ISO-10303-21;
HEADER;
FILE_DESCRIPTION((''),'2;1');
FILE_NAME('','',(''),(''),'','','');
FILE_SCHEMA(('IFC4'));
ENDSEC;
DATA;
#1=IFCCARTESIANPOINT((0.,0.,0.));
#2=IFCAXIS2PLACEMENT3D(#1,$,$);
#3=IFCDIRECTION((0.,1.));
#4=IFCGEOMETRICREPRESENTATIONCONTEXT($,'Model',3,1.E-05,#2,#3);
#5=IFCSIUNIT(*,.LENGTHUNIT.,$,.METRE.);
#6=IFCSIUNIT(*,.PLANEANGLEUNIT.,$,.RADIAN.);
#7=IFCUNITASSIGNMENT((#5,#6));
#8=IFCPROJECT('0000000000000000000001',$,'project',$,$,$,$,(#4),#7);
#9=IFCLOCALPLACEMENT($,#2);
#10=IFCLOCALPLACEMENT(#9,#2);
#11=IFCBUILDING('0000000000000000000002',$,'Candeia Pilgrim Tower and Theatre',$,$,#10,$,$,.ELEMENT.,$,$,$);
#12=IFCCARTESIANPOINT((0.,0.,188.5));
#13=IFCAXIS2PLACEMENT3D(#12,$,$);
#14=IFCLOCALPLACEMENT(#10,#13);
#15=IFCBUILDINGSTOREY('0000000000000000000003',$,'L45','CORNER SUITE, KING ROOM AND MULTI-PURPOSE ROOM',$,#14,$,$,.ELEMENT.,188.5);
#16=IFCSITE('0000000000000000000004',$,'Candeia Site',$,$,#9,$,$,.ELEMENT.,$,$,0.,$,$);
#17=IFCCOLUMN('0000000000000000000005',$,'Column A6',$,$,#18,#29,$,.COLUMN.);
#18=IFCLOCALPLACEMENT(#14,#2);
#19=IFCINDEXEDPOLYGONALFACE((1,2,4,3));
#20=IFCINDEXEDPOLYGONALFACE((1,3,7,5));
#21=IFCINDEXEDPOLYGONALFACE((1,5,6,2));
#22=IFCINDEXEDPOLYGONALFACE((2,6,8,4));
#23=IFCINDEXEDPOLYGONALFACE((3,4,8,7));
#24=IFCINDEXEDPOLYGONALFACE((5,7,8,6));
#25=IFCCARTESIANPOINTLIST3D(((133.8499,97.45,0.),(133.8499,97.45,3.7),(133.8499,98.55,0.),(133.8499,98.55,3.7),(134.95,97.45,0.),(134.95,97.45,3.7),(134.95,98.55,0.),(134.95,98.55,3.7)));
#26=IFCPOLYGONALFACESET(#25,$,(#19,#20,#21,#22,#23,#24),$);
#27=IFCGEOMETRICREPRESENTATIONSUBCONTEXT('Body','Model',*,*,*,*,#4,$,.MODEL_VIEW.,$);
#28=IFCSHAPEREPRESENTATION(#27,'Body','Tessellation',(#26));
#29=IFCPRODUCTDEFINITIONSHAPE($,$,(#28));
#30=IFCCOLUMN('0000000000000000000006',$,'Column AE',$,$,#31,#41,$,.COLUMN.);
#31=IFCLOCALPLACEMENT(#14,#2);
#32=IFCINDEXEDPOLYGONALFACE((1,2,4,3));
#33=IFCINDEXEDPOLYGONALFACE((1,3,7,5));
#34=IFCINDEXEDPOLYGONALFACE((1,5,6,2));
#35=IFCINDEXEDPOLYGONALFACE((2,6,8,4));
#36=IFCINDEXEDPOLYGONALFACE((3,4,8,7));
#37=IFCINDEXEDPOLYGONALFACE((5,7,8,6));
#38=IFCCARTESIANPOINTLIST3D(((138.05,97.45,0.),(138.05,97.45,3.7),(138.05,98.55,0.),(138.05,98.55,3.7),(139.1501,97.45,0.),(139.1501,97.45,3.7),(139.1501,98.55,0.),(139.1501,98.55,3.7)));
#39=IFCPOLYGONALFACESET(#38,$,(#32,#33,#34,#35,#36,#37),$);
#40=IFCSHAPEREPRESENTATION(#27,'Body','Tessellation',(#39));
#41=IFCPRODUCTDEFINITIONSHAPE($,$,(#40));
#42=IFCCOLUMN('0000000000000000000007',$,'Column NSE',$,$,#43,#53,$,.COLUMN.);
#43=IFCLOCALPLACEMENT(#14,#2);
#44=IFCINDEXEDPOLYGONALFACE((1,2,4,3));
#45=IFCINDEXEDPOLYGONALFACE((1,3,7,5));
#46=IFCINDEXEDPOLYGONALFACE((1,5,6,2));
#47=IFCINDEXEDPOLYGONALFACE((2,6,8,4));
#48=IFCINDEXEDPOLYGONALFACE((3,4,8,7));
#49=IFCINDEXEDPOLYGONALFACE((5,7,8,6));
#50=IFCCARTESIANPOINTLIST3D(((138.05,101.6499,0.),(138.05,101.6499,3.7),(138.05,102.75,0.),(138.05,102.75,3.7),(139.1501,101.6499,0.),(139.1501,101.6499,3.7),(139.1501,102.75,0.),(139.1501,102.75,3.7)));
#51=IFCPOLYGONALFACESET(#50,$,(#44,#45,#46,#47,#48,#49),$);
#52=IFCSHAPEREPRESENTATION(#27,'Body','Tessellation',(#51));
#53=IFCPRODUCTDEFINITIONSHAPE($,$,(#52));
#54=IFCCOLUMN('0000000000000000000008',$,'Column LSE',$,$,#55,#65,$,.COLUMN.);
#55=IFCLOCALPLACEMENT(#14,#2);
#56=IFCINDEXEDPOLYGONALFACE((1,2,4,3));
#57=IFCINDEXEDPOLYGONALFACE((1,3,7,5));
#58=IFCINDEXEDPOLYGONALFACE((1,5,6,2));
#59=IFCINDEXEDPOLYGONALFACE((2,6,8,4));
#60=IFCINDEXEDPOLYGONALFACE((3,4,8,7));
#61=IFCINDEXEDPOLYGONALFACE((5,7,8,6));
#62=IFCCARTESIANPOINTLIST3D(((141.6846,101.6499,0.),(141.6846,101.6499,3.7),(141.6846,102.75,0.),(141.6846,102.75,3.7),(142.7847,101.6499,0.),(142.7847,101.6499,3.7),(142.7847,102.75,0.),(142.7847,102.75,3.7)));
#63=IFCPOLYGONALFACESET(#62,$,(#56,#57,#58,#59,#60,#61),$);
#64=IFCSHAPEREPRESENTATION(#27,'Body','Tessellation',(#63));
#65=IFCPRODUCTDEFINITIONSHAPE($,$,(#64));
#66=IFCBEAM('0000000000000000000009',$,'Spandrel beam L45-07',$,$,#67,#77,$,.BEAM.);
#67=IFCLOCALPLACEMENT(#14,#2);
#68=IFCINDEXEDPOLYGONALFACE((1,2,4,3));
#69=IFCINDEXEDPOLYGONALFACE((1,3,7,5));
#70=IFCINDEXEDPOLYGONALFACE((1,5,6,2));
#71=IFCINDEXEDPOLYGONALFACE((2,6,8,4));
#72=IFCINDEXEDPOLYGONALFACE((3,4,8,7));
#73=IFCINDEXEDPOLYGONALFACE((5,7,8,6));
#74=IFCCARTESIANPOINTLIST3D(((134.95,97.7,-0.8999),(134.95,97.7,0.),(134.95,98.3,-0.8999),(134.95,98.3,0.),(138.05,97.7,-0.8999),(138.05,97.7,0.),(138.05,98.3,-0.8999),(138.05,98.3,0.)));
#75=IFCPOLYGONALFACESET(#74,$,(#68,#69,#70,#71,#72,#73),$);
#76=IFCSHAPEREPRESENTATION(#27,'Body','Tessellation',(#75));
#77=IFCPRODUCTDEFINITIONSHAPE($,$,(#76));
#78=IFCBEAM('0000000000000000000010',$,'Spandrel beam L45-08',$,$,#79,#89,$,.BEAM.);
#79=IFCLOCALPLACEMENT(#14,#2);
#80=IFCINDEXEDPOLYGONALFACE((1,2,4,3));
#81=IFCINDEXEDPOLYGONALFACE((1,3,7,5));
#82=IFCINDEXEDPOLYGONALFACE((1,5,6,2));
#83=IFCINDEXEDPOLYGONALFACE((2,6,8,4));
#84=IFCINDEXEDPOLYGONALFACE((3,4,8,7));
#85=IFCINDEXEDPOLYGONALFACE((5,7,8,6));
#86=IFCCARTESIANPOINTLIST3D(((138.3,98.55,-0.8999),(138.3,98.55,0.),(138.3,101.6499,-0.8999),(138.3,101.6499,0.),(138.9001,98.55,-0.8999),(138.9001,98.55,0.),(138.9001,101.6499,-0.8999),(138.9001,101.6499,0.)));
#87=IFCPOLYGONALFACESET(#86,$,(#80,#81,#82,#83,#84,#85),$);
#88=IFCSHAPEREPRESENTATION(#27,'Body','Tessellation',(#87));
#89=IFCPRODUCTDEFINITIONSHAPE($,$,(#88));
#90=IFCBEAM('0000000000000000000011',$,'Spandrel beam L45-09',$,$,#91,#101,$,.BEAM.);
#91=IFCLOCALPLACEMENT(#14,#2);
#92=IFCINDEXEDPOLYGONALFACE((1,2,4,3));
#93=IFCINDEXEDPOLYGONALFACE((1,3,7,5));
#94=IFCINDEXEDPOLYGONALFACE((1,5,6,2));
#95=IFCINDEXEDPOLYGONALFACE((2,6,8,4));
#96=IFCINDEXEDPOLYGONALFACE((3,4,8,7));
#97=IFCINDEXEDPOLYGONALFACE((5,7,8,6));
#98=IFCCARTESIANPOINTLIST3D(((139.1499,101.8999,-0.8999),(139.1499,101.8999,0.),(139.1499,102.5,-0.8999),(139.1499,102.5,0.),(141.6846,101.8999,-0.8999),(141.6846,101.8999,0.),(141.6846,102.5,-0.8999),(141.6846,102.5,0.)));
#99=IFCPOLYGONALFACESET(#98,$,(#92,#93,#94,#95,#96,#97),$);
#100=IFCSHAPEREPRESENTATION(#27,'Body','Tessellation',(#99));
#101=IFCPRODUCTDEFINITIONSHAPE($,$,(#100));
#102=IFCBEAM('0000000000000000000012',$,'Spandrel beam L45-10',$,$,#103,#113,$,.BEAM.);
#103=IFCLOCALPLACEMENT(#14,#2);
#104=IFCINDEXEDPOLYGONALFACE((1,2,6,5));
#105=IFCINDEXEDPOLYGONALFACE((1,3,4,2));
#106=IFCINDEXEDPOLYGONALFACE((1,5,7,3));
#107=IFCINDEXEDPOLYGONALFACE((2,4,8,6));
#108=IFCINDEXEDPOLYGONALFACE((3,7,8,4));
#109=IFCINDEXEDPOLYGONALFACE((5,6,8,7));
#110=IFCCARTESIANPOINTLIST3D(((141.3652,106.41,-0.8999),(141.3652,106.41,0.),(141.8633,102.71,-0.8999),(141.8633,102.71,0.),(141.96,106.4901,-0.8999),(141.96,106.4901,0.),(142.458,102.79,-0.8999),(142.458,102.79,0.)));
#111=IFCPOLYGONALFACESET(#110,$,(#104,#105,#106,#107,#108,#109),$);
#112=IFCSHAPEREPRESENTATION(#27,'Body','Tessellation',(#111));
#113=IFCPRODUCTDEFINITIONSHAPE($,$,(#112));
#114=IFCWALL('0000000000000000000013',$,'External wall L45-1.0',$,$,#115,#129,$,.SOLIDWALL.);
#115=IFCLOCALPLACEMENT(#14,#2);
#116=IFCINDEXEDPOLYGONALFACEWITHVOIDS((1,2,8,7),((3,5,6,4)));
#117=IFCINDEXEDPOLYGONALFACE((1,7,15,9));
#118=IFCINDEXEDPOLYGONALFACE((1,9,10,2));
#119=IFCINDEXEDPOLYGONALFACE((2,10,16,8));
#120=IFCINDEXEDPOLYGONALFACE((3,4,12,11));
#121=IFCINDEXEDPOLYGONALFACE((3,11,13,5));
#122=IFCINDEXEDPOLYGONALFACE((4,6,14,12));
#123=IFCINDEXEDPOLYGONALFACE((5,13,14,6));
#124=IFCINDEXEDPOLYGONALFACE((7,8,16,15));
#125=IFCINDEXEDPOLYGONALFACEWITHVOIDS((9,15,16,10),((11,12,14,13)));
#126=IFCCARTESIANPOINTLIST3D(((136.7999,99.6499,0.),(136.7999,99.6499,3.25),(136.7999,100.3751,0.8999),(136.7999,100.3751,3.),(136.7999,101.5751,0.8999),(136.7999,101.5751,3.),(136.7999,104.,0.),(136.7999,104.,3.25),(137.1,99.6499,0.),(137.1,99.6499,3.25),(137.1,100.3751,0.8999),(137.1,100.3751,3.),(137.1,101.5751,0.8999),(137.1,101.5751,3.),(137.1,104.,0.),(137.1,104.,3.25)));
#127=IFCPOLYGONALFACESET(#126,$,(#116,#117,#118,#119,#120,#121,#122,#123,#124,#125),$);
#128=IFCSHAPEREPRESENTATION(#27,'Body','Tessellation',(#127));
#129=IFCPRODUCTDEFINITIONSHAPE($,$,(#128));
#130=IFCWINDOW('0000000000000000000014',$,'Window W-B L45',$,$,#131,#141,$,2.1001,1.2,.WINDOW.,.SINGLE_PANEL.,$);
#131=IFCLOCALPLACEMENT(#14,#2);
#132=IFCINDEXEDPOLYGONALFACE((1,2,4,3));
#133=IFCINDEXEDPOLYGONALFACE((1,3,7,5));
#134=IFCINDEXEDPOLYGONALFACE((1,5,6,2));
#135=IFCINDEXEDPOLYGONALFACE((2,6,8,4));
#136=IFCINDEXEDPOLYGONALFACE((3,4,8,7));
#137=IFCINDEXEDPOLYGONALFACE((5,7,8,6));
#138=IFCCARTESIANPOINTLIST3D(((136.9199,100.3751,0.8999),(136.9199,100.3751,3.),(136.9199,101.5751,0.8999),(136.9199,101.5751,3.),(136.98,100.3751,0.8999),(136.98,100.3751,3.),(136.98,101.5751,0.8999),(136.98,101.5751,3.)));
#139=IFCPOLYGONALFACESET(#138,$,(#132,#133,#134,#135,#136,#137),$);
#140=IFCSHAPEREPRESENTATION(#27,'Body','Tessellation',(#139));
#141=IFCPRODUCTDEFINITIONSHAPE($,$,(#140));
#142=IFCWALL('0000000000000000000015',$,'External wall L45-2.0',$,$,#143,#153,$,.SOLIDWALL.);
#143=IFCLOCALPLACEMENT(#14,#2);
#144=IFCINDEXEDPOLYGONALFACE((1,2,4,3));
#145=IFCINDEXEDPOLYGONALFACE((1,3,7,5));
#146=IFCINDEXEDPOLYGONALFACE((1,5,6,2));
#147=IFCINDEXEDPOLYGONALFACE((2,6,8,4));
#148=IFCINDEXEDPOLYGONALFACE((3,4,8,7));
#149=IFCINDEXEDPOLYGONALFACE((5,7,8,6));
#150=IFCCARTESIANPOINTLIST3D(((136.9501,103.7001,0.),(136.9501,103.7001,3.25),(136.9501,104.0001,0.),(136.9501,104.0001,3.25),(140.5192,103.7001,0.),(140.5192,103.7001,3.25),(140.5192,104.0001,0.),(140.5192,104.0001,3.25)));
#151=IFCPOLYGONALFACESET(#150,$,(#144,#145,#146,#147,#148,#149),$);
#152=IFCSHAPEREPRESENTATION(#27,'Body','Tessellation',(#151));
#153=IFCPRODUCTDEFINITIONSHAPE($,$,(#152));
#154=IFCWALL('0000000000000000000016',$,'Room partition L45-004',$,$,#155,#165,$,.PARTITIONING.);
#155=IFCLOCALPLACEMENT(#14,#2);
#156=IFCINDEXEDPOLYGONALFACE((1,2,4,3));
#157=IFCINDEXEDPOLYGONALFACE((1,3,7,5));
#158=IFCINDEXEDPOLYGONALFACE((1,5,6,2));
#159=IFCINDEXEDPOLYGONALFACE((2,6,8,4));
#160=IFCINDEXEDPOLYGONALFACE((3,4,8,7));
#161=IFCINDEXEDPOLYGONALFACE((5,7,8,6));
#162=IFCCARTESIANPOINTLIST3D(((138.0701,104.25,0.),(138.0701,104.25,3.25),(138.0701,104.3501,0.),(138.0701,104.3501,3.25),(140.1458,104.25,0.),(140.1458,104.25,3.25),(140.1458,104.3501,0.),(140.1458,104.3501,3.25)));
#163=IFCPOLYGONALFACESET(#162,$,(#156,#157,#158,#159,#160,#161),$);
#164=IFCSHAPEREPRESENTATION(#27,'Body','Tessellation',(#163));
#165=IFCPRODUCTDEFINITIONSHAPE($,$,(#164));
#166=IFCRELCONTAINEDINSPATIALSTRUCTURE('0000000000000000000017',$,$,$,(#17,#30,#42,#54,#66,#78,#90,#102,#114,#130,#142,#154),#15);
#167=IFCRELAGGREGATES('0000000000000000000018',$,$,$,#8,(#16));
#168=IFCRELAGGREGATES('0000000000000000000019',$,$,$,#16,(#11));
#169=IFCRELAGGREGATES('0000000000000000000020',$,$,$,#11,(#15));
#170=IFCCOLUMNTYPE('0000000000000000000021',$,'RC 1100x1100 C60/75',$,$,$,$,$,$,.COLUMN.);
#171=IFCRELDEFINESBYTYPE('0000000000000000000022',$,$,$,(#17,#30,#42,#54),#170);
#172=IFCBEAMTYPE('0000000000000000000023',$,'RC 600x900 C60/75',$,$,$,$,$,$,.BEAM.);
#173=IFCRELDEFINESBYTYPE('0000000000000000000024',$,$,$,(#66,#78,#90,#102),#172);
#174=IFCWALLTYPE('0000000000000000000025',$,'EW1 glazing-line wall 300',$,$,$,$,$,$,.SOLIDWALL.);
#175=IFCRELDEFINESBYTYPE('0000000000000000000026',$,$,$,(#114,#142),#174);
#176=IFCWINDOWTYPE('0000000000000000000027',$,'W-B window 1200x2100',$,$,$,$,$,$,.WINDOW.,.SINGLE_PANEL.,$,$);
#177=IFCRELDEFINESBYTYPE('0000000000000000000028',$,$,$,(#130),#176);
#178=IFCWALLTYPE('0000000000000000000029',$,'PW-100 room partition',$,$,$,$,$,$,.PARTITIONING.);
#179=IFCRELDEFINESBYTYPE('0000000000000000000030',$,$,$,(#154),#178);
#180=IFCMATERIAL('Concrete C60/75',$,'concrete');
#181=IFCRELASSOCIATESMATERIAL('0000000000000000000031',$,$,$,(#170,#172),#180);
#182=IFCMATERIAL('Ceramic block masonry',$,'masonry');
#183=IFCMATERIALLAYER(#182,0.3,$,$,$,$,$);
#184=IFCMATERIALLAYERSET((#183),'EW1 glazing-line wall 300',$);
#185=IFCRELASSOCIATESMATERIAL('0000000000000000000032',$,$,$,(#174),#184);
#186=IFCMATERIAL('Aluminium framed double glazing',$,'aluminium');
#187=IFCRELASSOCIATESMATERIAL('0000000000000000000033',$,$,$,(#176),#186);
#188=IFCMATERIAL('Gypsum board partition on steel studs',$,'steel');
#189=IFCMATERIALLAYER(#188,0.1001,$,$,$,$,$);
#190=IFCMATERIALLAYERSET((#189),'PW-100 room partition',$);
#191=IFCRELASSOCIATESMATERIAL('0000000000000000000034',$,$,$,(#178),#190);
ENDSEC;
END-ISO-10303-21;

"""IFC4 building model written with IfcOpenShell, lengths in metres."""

from ifc_helpers import new_model, si_unit, direction, frame, frame_2d, origin, origin_2d, place, context, subcontext, project, spatial, rectangle, extrude, material, layer, layer_set, material_profile, profile_set, type_object, element, fill, save


model = new_model("IFC4")

# Units and contexts
model_context = context("Model", 3, precision=1e-05, world=origin(), true_north=direction((0.0, 1.0)))
body_context = subcontext(model_context, "Body", "Model", "MODEL_VIEW")
ifc_project = project(units=[si_unit("LENGTHUNIT", "METRE"), si_unit("PLANEANGLEUNIT", "RADIAN")], contexts=[model_context])

# Site, building, storey
site_placement = place(None, origin())
site = spatial("IfcSite", under=ifc_project, at=site_placement, Name="Candeia Site", CompositionType="ELEMENT", RefElevation=0.0)
building_placement = place(site_placement, origin())
building = spatial("IfcBuilding", under=site, at=building_placement, Name="Candeia Pilgrim Tower and Theatre", CompositionType="ELEMENT")
storey_placement = place(building_placement, frame((0.0, 0.0, 188.5)))
storey = spatial("IfcBuildingStorey", under=building, at=storey_placement, Name="L45", Description="CORNER SUITE, KING ROOM AND MULTI-PURPOSE ROOM", CompositionType="ELEMENT", Elevation=188.5)

# Columns
ifc_material_1 = material(Name="Concrete C60/75", Category="concrete")
ifc_material_profile_1 = material_profile(ifc_material_1, rectangle(XDim=1.1001, YDim=1.1001, at=origin_2d()))
ifc_profile_set_1 = profile_set([ifc_material_profile_1], Name="Concrete C60/75")
column_type = type_object("IfcColumnType", Name="RC 1100x1100 C60/75", PredefinedType="COLUMN", material=ifc_profile_set_1)
for number, where, z_axis, x_axis, name in (
    (1, (134.3999, 98.0, 0.0), (0.0, 0.0, 1.0), (1.0, 0.0, 0.0), "Column A6"),
    (2, (138.6001, 98.0, 0.0), (0.0, 0.0, 1.0), (1.0, 0.0, 0.0), "Column AE"),
    (3, (138.6001, 102.2, 0.0), (0.0, 0.0, 1.0), (1.0, 0.0, 0.0), "Column NSE"),
    (4, (142.2346, 102.2, 0.0), (0.0, 0.0, 1.0), (1.0, 0.0, 0.0), "Column LSE"),
):
    element("IfcColumn", number, at=place(storey_placement, frame(where, z_axis=z_axis, x_axis=x_axis)), inside=storey, type_object=column_type, Name=name, PredefinedType="COLUMN", context=body_context, shape_type="SweptSolid", body=[
        extrude(rectangle(XDim=1.1001, YDim=1.1001, at=origin_2d()), origin(), (0.0, 0.0, 1.0), 3.7),
    ])

# Beams
ifc_material_profile_2 = material_profile(ifc_material_1, rectangle(XDim=0.6001, YDim=0.8999, at=origin_2d()))
ifc_profile_set_2 = profile_set([ifc_material_profile_2], Name="Concrete C60/75")
beam_type = type_object("IfcBeamType", Name="RC 600x900 C60/75", PredefinedType="BEAM", material=ifc_profile_set_2)
beam_1_placement = place(storey_placement, frame((134.95, 98.0, -0.45), z_axis=(1.0, 0.0, 0.0), x_axis=(0.0, 1.0, 0.0)))
element("IfcBeam", 5, at=beam_1_placement, inside=storey, type_object=beam_type, Name="Spandrel beam L45-07", PredefinedType="BEAM", context=body_context, shape_type="SweptSolid", body=[
    extrude(rectangle(XDim=0.6001, YDim=0.8999, at=origin_2d()), origin(), (0.0, 0.0, 1.0), 3.1001),
])
beam_2_placement = place(storey_placement, frame((138.6001, 98.55, -0.45), z_axis=(0.0, 1.0, 0.0), x_axis=(-1.0, 0.0, 0.0)))
element("IfcBeam", 6, at=beam_2_placement, inside=storey, type_object=beam_type, Name="Spandrel beam L45-08", PredefinedType="BEAM", context=body_context, shape_type="SweptSolid", body=[
    extrude(rectangle(XDim=0.6001, YDim=0.8999, at=origin_2d()), origin(), (0.0, 0.0, 1.0), 3.0999),
])
beam_3_placement = place(storey_placement, frame((139.1499, 102.2, -0.45), z_axis=(1.0, 0.0, 0.0), x_axis=(0.0, 1.0, 0.0)))
element("IfcBeam", 7, at=beam_3_placement, inside=storey, type_object=beam_type, Name="Spandrel beam L45-09", PredefinedType="BEAM", context=body_context, shape_type="SweptSolid", body=[
    extrude(rectangle(XDim=0.6001, YDim=0.8999, at=origin_2d()), origin(), (0.0, 0.0, 1.0), 2.5347),
])
beam_4_placement = place(storey_placement, frame((142.1606, 102.75, -0.45), z_axis=(-0.133406, 0.991061, 0.0), x_axis=(-0.991061, -0.133406, 0.0)))
element("IfcBeam", 8, at=beam_4_placement, inside=storey, type_object=beam_type, Name="Spandrel beam L45-10", PredefinedType="BEAM", context=body_context, shape_type="SweptSolid", body=[
    extrude(rectangle(XDim=0.6001, YDim=0.8999, at=origin_2d()), origin(), (0.0, 0.0, 1.0), 3.7334),
])

# Wall, opening, window
ifc_material_2 = material(Name="Ceramic block masonry", Category="masonry")
ifc_layer_1 = layer(ifc_material_2, 0.3)
ifc_layer_set_1 = layer_set([ifc_layer_1], Name="EW1 glazing-line wall 300")
wall_type_1 = type_object("IfcWallType", Name="EW1 glazing-line wall 300", PredefinedType="SOLIDWALL", material=ifc_layer_set_1)
wall_1_placement = place(storey_placement, frame((136.95, 99.6499, 0.0), z_axis=(0.0, 0.0, 1.0), x_axis=(0.0, 1.0, 0.0)))
wall_1 = element("IfcWall", 9, at=wall_1_placement, inside=storey, type_object=wall_type_1, Name="External wall L45-1.0", PredefinedType="SOLIDWALL", context=body_context, shape_type="SweptSolid", body=[
    extrude(rectangle(XDim=4.3501, YDim=0.3, at=frame_2d((2.175, 0.0))), origin(), (0.0, 0.0, 1.0), 3.25),
])
opening_1_placement = place(wall_1_placement, frame((0.7251, 0.0, 0.8999)))
opening_1 = element("IfcOpeningElement", 10, at=opening_1_placement, cuts=wall_1, PredefinedType="OPENING", context=body_context, shape_type="SweptSolid", body=[
    extrude(rectangle(XDim=1.2, YDim=2.1001, at=frame_2d((0.6001, 1.05))), frame((0.0, 0.1602, 0.0), z_axis=(0.0, -1.0, 0.0), x_axis=(1.0, 0.0, 0.0)), (0.0, 0.0, 1.0), 0.3201),
])
ifc_material_3 = material(Name="Aluminium framed double glazing", Category="aluminium")
window_type = type_object("IfcWindowType", Name="W-B window 1200x2100", PartitioningType="SINGLE_PANEL", PredefinedType="WINDOW", material=ifc_material_3)
window_1_placement = place(opening_1_placement, origin())
window_1 = element("IfcWindow", 11, at=window_1_placement, inside=storey, type_object=window_type, Name="Window W-B L45", OverallHeight=2.1001, OverallWidth=1.2, PartitioningType="SINGLE_PANEL", PredefinedType="WINDOW", context=body_context, shape_type="SweptSolid", body=[
    extrude(rectangle(XDim=1.2, YDim=2.1001, at=frame_2d((0.6001, 1.05))), frame((0.0, 0.03, 0.0), z_axis=(0.0, -1.0, 0.0), x_axis=(1.0, 0.0, 0.0)), (0.0, 0.0, 1.0), 0.0601),
])
fill(opening_1, window_1)

# Wall
wall_2_placement = place(storey_placement, frame((136.95, 103.8501, 0.0), z_axis=(0.0, 0.0, 1.0), x_axis=(1.0, 0.0, 0.0)))
element("IfcWall", 12, at=wall_2_placement, inside=storey, type_object=wall_type_1, Name="External wall L45-2.0", PredefinedType="SOLIDWALL", context=body_context, shape_type="SweptSolid", body=[
    extrude(rectangle(XDim=3.5691, YDim=0.3, at=frame_2d((1.7847, 0.0))), origin(), (0.0, 0.0, 1.0), 3.25),
])

# Wall
ifc_material_4 = material(Name="Gypsum board partition on steel studs", Category="steel")
ifc_layer_2 = layer(ifc_material_4, 0.1001)
ifc_layer_set_2 = layer_set([ifc_layer_2], Name="PW-100 room partition")
wall_type_2 = type_object("IfcWallType", Name="PW-100 room partition", PredefinedType="PARTITIONING", material=ifc_layer_set_2)
wall_3_placement = place(storey_placement, frame((138.0701, 104.3, 0.0), z_axis=(0.0, 0.0, 1.0), x_axis=(1.0, 0.0, 0.0)))
element("IfcWall", 13, at=wall_3_placement, inside=storey, type_object=wall_type_2, Name="Room partition L45-004", PredefinedType="PARTITIONING", context=body_context, shape_type="SweptSolid", body=[
    extrude(rectangle(XDim=2.0757, YDim=0.1001, at=frame_2d((1.0378, 0.0))), origin(), (0.0, 0.0, 1.0), 3.25),
])

save(model, "model.ifc")
